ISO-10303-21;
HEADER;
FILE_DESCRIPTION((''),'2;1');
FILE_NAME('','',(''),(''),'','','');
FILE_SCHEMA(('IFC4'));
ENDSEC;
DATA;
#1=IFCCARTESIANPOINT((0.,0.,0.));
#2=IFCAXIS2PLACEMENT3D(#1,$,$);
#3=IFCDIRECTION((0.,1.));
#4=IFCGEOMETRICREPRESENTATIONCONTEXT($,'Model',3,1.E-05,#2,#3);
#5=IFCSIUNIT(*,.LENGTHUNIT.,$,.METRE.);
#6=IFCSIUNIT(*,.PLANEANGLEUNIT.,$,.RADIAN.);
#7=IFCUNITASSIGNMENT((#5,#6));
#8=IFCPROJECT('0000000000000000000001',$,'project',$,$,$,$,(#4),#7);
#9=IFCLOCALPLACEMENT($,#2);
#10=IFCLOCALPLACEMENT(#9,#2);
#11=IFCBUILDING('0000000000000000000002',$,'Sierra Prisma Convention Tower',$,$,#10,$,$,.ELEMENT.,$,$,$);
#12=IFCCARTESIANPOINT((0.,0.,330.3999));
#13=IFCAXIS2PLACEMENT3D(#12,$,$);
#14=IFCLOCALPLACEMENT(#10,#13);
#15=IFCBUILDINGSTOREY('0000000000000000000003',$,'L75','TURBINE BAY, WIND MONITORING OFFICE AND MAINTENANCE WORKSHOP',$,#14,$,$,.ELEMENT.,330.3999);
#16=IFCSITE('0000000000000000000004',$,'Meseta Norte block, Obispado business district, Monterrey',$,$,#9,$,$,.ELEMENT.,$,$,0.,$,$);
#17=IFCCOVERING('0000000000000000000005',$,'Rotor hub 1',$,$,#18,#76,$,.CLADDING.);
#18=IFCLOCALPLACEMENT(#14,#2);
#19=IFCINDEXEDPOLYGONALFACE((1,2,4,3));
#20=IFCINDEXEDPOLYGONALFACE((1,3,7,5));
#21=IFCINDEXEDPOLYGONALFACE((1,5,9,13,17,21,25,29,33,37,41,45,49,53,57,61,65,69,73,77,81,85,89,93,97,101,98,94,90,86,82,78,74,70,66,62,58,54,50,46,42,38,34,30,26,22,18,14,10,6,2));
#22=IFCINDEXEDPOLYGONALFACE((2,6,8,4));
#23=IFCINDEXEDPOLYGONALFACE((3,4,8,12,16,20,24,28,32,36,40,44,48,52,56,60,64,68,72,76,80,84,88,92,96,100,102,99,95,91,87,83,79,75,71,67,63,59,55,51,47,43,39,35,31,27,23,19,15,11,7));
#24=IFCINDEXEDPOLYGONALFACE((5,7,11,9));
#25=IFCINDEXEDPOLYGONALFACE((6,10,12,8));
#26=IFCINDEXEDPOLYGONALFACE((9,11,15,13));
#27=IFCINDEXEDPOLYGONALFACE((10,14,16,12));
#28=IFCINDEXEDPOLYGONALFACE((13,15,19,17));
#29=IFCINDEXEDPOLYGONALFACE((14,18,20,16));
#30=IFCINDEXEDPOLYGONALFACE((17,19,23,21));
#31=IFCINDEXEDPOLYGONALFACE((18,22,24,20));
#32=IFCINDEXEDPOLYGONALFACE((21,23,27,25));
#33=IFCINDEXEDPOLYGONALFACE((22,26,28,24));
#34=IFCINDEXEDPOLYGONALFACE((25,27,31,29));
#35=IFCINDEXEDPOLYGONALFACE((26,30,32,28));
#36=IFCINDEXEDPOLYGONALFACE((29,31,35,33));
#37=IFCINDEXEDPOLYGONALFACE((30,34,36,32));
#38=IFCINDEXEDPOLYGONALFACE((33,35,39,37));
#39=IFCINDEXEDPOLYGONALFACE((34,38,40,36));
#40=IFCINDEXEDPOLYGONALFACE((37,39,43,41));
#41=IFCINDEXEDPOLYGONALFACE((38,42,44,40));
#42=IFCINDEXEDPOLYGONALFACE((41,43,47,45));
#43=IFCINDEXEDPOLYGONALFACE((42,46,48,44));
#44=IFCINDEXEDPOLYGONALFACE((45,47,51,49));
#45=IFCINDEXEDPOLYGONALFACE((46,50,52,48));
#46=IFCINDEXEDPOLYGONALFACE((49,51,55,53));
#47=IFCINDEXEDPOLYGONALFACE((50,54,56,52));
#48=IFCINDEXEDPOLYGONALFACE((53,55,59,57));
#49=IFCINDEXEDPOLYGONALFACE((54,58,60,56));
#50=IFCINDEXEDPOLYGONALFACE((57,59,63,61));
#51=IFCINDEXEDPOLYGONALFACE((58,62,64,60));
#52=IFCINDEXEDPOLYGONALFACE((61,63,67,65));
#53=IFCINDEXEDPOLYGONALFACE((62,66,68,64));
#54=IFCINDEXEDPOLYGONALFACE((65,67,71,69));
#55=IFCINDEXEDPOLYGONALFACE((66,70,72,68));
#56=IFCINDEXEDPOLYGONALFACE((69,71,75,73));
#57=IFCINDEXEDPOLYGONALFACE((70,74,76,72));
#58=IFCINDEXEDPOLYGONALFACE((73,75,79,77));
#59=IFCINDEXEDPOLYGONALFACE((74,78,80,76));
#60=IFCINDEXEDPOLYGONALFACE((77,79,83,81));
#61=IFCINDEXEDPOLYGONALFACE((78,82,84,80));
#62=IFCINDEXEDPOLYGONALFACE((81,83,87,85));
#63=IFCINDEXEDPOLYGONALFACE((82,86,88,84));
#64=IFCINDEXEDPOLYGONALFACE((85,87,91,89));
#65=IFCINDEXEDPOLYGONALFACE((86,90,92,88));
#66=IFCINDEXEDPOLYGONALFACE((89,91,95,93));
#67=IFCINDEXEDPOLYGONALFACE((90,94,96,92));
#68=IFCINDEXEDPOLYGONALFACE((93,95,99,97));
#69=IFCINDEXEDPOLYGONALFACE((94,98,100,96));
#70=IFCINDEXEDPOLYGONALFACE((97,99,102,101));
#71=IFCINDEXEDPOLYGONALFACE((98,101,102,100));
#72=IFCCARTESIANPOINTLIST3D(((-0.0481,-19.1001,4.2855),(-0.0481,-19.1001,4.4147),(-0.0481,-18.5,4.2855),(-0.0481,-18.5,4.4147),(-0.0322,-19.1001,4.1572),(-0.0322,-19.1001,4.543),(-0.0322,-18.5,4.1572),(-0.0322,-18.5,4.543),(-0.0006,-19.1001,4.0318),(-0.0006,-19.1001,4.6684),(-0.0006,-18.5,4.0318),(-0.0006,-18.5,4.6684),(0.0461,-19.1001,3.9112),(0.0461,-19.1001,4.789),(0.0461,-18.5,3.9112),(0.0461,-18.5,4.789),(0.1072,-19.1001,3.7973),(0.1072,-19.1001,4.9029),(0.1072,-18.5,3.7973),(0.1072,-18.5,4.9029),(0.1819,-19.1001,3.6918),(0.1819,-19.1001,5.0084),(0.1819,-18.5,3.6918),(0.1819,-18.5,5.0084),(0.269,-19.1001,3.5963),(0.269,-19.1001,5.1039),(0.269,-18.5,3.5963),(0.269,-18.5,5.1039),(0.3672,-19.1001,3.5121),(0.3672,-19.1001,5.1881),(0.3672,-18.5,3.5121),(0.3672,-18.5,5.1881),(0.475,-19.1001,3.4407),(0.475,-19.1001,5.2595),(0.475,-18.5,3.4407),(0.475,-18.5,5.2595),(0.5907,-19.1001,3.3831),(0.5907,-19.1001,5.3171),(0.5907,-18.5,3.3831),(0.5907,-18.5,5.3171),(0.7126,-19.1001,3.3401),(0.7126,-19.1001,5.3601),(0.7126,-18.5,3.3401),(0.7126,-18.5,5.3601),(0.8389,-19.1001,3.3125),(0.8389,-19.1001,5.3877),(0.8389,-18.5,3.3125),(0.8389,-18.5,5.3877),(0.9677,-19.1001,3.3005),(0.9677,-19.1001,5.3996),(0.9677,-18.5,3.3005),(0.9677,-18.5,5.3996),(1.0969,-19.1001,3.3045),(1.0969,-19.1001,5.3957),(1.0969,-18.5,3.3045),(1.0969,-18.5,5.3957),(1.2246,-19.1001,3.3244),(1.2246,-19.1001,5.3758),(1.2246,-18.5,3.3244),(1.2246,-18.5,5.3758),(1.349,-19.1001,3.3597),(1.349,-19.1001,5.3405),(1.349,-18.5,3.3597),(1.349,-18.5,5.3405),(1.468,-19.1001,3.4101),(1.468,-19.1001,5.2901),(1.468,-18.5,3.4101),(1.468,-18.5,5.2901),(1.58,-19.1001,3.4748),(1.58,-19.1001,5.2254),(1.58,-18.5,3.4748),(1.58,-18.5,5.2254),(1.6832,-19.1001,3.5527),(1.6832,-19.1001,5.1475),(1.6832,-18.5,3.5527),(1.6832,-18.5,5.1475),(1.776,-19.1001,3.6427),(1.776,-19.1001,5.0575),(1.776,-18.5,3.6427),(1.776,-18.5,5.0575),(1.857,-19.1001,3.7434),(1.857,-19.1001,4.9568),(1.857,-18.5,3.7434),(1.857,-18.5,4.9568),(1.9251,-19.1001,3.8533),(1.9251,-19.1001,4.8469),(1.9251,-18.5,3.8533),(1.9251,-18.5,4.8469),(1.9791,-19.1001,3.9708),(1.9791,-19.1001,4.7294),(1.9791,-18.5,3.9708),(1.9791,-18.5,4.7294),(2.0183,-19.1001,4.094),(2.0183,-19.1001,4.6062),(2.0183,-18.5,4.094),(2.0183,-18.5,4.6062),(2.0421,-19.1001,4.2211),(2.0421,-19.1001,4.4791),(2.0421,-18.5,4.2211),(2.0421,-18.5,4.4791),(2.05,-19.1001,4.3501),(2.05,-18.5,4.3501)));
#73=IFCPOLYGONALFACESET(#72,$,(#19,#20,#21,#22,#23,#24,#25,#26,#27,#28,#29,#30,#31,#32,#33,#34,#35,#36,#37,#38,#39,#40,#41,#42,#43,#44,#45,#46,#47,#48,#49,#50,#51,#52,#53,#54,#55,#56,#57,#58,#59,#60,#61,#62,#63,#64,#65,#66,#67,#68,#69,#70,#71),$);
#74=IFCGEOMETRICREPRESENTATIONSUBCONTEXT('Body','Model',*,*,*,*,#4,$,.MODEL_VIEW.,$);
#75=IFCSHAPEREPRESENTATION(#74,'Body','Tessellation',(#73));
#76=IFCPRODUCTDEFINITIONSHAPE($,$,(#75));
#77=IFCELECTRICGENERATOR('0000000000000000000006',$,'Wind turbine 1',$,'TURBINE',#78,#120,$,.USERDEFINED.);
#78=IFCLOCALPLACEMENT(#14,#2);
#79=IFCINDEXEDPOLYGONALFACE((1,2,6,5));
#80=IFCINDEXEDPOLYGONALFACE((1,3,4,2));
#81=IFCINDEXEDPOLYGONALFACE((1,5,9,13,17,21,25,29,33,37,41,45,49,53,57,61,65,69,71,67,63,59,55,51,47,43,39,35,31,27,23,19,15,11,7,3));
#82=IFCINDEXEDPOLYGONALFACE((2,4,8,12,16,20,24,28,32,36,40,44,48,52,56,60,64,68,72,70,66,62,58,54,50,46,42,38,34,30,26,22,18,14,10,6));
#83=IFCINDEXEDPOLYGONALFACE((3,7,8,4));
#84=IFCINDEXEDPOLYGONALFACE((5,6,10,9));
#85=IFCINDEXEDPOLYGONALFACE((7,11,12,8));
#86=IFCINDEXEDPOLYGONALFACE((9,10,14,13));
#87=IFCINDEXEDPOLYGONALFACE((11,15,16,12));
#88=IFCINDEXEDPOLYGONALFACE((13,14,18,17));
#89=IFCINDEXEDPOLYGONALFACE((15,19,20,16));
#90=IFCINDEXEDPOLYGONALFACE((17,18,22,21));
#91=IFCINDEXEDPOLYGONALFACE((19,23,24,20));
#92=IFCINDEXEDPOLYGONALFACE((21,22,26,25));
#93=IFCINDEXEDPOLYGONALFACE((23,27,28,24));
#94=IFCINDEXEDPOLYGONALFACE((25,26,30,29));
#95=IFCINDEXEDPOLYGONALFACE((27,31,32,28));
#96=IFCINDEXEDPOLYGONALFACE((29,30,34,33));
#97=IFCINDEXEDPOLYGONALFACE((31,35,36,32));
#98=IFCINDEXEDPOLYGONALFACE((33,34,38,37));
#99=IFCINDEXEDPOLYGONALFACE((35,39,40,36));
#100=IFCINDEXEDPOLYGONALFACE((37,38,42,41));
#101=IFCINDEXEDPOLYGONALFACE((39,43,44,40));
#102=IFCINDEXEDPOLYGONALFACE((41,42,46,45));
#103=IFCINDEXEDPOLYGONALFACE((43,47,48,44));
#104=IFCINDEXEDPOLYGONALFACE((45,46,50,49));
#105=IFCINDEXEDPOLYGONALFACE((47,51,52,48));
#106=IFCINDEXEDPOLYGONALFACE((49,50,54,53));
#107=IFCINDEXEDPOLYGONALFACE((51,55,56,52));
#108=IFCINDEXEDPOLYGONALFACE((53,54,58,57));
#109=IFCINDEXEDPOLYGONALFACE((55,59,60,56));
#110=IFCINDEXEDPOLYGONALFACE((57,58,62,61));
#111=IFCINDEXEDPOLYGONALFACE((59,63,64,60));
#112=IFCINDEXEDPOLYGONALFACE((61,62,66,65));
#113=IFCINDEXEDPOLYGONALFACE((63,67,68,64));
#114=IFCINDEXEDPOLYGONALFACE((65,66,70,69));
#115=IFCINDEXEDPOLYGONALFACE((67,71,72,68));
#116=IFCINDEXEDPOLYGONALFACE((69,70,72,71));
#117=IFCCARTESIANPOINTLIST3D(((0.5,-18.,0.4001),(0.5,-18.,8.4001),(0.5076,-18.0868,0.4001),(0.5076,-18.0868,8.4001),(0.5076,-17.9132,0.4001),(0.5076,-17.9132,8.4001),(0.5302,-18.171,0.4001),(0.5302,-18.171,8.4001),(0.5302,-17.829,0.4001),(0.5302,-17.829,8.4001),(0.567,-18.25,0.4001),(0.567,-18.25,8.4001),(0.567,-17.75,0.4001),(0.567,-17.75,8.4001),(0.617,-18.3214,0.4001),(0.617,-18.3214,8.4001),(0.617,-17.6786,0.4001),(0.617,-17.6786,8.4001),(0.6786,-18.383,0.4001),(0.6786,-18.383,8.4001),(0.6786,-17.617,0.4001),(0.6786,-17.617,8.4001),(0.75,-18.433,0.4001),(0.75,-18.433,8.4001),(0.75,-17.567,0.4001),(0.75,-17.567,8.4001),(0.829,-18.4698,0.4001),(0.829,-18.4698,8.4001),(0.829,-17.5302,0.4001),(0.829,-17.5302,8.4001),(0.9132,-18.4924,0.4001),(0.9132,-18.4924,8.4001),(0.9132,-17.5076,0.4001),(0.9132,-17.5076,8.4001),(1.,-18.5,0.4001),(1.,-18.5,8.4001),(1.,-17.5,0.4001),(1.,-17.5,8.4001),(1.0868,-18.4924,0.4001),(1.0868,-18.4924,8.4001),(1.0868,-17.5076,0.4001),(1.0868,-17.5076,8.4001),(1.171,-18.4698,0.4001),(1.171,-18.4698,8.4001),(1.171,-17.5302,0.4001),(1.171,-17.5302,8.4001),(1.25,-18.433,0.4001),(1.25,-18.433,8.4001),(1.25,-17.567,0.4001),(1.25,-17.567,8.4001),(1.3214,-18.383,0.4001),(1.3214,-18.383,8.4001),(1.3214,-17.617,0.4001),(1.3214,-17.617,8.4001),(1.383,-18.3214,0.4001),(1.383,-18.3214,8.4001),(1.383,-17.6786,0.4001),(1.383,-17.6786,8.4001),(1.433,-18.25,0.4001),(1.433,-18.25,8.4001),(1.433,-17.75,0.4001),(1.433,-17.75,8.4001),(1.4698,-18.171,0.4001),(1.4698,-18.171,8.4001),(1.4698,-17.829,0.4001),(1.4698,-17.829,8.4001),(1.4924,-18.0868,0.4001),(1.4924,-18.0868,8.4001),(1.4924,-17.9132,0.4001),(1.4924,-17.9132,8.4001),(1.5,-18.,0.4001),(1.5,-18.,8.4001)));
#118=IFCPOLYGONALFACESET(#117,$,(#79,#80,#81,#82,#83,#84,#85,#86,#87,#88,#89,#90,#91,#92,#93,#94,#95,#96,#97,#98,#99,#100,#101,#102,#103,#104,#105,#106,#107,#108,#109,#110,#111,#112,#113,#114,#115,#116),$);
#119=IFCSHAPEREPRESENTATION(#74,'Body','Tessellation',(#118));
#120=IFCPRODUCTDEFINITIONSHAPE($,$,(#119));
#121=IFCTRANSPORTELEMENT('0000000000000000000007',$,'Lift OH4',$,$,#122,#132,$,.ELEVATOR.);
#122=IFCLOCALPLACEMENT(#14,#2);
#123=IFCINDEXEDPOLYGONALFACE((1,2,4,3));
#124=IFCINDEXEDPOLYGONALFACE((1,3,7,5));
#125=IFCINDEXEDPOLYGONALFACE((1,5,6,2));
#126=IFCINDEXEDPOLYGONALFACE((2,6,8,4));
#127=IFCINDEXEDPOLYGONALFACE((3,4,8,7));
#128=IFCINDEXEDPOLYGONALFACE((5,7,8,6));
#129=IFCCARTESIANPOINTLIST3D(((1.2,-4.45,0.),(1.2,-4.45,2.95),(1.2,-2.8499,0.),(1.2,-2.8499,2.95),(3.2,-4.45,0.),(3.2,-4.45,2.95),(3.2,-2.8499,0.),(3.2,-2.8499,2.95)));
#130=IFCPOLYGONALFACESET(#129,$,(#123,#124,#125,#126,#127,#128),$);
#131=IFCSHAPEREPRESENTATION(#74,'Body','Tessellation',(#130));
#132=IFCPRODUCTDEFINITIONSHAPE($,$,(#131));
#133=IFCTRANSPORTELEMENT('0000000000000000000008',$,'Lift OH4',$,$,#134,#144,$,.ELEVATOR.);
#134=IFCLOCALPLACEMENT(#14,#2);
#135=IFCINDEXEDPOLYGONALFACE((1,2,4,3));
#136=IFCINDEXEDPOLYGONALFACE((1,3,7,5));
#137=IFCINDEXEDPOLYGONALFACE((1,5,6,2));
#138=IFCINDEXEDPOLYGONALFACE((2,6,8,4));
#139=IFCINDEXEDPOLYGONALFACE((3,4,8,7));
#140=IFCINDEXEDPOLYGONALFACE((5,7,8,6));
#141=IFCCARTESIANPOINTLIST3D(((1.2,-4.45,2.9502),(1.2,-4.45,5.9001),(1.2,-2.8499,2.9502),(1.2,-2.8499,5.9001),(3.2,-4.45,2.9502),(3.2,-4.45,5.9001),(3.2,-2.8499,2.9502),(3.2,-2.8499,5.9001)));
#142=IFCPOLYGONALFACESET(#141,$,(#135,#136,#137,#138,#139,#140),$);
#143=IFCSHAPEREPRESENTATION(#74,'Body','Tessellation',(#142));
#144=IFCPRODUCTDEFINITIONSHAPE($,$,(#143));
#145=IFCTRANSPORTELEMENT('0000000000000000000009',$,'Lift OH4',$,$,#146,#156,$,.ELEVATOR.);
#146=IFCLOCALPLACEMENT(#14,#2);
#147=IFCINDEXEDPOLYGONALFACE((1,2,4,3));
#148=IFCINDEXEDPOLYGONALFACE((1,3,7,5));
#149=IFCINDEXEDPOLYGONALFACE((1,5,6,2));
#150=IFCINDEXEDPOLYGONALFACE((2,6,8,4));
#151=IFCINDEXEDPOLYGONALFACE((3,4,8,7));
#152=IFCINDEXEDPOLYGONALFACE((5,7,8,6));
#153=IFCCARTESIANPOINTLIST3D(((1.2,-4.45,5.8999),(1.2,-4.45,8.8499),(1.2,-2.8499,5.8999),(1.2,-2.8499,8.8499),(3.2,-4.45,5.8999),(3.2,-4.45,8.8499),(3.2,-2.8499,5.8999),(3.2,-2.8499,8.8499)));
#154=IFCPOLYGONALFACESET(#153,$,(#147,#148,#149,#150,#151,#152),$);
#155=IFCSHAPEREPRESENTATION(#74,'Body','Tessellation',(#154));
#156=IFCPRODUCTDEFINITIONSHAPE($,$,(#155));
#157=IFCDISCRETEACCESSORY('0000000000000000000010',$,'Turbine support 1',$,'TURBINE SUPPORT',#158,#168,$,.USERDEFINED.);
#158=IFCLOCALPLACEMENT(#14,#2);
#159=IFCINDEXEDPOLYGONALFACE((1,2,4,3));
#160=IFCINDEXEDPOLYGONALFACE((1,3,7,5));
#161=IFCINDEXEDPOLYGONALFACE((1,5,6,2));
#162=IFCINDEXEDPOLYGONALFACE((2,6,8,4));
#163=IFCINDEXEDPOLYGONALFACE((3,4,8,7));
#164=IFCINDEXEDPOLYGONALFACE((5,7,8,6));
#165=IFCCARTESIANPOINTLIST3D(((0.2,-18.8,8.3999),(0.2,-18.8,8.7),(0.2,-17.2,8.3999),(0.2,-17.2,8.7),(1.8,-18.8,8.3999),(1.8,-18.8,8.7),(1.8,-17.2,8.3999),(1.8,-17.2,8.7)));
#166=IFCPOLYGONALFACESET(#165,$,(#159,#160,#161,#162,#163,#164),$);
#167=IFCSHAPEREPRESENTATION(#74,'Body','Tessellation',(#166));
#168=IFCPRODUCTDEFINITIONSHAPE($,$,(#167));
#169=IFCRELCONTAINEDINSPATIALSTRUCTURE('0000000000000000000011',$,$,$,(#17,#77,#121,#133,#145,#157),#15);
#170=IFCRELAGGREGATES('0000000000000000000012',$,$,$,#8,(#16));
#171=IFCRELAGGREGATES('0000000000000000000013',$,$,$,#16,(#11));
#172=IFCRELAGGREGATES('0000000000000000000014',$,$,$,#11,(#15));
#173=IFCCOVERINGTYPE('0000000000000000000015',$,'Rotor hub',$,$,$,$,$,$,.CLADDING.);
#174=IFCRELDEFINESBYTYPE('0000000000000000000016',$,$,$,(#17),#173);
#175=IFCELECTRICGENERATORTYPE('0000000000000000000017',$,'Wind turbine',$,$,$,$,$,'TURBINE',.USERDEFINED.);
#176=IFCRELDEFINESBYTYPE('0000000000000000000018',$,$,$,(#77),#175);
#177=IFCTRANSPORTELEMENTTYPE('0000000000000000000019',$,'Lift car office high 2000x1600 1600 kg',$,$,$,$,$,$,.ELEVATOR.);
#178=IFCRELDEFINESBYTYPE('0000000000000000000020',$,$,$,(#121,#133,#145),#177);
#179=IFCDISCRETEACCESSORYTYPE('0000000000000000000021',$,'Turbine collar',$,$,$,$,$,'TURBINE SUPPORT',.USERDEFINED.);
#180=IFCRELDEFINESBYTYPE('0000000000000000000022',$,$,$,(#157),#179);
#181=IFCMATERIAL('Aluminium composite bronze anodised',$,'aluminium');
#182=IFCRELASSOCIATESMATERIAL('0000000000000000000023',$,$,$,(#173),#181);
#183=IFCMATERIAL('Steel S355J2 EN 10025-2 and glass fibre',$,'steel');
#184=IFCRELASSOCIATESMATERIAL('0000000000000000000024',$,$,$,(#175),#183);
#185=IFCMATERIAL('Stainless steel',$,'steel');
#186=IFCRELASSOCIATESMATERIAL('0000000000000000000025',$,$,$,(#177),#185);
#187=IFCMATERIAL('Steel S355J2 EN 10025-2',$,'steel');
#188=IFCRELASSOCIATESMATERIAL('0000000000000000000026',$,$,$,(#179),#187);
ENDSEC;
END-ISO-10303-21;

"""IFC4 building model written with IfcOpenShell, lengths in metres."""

from ifc_helpers import new_model, si_unit, direction, frame, origin, origin_2d, place, context, subcontext, project, spatial, rectangle, circle, extrude, material, material_profile, profile_set, type_object, element, save


model = new_model("IFC4")

# Units and contexts
model_context = context("Model", 3, precision=1e-05, world=origin(), true_north=direction((0.0, 1.0)))
body_context = subcontext(model_context, "Body", "Model", "MODEL_VIEW")
ifc_project = project(units=[si_unit("LENGTHUNIT", "METRE"), si_unit("PLANEANGLEUNIT", "RADIAN")], contexts=[model_context])

# Site, building, storey
site_placement = place(None, origin())
site = spatial("IfcSite", under=ifc_project, at=site_placement, Name="Meseta Norte block, Obispado business district, Monterrey", CompositionType="ELEMENT", RefElevation=0.0)
building_placement = place(site_placement, origin())
building = spatial("IfcBuilding", under=site, at=building_placement, Name="Sierra Prisma Convention Tower", CompositionType="ELEMENT")
storey_placement = place(building_placement, frame((0.0, 0.0, 330.3999)))
storey = spatial("IfcBuildingStorey", under=building, at=storey_placement, Name="L75", Description="TURBINE BAY, WIND MONITORING OFFICE AND MAINTENANCE WORKSHOP", CompositionType="ELEMENT", Elevation=330.3999)

# Covering
ifc_material_1 = material(Name="Aluminium composite bronze anodised", Category="aluminium")
ifc_material_profile_1 = material_profile(ifc_material_1, circle(Radius=1.05, at=origin_2d()), Name="ROTOR HUB 2100")
ifc_profile_set_1 = profile_set([ifc_material_profile_1], Name="Aluminium composite bronze anodised")
covering_type_1 = type_object("IfcCoveringType", Name="Rotor hub", PredefinedType="CLADDING", material=ifc_profile_set_1)
covering_1_placement = place(storey_placement, frame((1.0, -18.5, 4.3501), z_axis=(0.0, -1.0, 0.0), x_axis=(1.0, 0.0, 0.0)))
element("IfcCovering", 1, at=covering_1_placement, inside=storey, type_object=covering_type_1, Name="Rotor hub 1", PredefinedType="CLADDING", context=body_context, shape_type="SweptSolid", body=[
    extrude(circle(Radius=1.05, at=origin_2d()), origin(), (0.0, 0.0, 1.0), 0.6001),
])

# Electric generator
ifc_material_2 = material(Name="Steel S355J2 EN 10025-2 and glass fibre", Category="steel")
ifc_material_profile_2 = material_profile(ifc_material_2, circle(Radius=0.5, at=origin_2d()), Name="TURBINE 1000")
ifc_profile_set_2 = profile_set([ifc_material_profile_2], Name="Steel S355J2 EN 10025-2 and glass fibre")
electric_generator_type = type_object("IfcElectricGeneratorType", Name="Wind turbine", ElementType="TURBINE", PredefinedType="USERDEFINED", material=ifc_profile_set_2)
electric_generator_placement = place(storey_placement, frame((1.0, -18.0, 0.4001), z_axis=(0.0, 0.0, 1.0), x_axis=(1.0, 0.0, 0.0)))
element("IfcElectricGenerator", 2, at=electric_generator_placement, inside=storey, type_object=electric_generator_type, Name="Wind turbine 1", ObjectType="TURBINE", PredefinedType="USERDEFINED", context=body_context, shape_type="SweptSolid", body=[
    extrude(circle(Radius=0.5, at=origin_2d()), origin(), (0.0, 0.0, 1.0), 8.0),
])

# Transport elements
ifc_material_3 = material(Name="Stainless steel", Category="steel")
transport_element_type = type_object("IfcTransportElementType", Name="Lift car office high 2000x1600 1600 kg", PredefinedType="ELEVATOR", material=ifc_material_3)
for number, where, z_axis, x_axis, name in (
    (3, (2.2, -3.6499, 0.0), (0.0, 0.0, 1.0), (1.0, 0.0, 0.0), "Lift OH4"),
    (4, (2.2, -3.6499, 2.9502), (0.0, 0.0, 1.0), (1.0, 0.0, 0.0), "Lift OH4"),
    (5, (2.2, -3.6499, 5.8999), (0.0, 0.0, 1.0), (1.0, 0.0, 0.0), "Lift OH4"),
):
    element("IfcTransportElement", number, at=place(storey_placement, frame(where, z_axis=z_axis, x_axis=x_axis)), inside=storey, type_object=transport_element_type, Name=name, PredefinedType="ELEVATOR", context=body_context, shape_type="SweptSolid", body=[
        extrude(rectangle(XDim=2.0, YDim=1.6001, at=origin_2d()), origin(), (0.0, 0.0, 1.0), 2.95),
    ])

# Discrete accessory
ifc_material_4 = material(Name="Steel S355J2 EN 10025-2", Category="steel")
discrete_accessory_type = type_object("IfcDiscreteAccessoryType", Name="Turbine collar", ElementType="TURBINE SUPPORT", PredefinedType="USERDEFINED", material=ifc_material_4)
discrete_accessory_placement = place(storey_placement, frame((1.0, -18.0, 8.3999), z_axis=(0.0, 0.0, 1.0), x_axis=(1.0, 0.0, 0.0)))
element("IfcDiscreteAccessory", 6, at=discrete_accessory_placement, inside=storey, type_object=discrete_accessory_type, Name="Turbine support 1", ObjectType="TURBINE SUPPORT", PredefinedType="USERDEFINED", context=body_context, shape_type="SweptSolid", body=[
    extrude(rectangle(XDim=1.6001, YDim=1.6001, at=origin_2d()), origin(), (0.0, 0.0, 1.0), 0.3),
])

save(model, "model.ifc")
